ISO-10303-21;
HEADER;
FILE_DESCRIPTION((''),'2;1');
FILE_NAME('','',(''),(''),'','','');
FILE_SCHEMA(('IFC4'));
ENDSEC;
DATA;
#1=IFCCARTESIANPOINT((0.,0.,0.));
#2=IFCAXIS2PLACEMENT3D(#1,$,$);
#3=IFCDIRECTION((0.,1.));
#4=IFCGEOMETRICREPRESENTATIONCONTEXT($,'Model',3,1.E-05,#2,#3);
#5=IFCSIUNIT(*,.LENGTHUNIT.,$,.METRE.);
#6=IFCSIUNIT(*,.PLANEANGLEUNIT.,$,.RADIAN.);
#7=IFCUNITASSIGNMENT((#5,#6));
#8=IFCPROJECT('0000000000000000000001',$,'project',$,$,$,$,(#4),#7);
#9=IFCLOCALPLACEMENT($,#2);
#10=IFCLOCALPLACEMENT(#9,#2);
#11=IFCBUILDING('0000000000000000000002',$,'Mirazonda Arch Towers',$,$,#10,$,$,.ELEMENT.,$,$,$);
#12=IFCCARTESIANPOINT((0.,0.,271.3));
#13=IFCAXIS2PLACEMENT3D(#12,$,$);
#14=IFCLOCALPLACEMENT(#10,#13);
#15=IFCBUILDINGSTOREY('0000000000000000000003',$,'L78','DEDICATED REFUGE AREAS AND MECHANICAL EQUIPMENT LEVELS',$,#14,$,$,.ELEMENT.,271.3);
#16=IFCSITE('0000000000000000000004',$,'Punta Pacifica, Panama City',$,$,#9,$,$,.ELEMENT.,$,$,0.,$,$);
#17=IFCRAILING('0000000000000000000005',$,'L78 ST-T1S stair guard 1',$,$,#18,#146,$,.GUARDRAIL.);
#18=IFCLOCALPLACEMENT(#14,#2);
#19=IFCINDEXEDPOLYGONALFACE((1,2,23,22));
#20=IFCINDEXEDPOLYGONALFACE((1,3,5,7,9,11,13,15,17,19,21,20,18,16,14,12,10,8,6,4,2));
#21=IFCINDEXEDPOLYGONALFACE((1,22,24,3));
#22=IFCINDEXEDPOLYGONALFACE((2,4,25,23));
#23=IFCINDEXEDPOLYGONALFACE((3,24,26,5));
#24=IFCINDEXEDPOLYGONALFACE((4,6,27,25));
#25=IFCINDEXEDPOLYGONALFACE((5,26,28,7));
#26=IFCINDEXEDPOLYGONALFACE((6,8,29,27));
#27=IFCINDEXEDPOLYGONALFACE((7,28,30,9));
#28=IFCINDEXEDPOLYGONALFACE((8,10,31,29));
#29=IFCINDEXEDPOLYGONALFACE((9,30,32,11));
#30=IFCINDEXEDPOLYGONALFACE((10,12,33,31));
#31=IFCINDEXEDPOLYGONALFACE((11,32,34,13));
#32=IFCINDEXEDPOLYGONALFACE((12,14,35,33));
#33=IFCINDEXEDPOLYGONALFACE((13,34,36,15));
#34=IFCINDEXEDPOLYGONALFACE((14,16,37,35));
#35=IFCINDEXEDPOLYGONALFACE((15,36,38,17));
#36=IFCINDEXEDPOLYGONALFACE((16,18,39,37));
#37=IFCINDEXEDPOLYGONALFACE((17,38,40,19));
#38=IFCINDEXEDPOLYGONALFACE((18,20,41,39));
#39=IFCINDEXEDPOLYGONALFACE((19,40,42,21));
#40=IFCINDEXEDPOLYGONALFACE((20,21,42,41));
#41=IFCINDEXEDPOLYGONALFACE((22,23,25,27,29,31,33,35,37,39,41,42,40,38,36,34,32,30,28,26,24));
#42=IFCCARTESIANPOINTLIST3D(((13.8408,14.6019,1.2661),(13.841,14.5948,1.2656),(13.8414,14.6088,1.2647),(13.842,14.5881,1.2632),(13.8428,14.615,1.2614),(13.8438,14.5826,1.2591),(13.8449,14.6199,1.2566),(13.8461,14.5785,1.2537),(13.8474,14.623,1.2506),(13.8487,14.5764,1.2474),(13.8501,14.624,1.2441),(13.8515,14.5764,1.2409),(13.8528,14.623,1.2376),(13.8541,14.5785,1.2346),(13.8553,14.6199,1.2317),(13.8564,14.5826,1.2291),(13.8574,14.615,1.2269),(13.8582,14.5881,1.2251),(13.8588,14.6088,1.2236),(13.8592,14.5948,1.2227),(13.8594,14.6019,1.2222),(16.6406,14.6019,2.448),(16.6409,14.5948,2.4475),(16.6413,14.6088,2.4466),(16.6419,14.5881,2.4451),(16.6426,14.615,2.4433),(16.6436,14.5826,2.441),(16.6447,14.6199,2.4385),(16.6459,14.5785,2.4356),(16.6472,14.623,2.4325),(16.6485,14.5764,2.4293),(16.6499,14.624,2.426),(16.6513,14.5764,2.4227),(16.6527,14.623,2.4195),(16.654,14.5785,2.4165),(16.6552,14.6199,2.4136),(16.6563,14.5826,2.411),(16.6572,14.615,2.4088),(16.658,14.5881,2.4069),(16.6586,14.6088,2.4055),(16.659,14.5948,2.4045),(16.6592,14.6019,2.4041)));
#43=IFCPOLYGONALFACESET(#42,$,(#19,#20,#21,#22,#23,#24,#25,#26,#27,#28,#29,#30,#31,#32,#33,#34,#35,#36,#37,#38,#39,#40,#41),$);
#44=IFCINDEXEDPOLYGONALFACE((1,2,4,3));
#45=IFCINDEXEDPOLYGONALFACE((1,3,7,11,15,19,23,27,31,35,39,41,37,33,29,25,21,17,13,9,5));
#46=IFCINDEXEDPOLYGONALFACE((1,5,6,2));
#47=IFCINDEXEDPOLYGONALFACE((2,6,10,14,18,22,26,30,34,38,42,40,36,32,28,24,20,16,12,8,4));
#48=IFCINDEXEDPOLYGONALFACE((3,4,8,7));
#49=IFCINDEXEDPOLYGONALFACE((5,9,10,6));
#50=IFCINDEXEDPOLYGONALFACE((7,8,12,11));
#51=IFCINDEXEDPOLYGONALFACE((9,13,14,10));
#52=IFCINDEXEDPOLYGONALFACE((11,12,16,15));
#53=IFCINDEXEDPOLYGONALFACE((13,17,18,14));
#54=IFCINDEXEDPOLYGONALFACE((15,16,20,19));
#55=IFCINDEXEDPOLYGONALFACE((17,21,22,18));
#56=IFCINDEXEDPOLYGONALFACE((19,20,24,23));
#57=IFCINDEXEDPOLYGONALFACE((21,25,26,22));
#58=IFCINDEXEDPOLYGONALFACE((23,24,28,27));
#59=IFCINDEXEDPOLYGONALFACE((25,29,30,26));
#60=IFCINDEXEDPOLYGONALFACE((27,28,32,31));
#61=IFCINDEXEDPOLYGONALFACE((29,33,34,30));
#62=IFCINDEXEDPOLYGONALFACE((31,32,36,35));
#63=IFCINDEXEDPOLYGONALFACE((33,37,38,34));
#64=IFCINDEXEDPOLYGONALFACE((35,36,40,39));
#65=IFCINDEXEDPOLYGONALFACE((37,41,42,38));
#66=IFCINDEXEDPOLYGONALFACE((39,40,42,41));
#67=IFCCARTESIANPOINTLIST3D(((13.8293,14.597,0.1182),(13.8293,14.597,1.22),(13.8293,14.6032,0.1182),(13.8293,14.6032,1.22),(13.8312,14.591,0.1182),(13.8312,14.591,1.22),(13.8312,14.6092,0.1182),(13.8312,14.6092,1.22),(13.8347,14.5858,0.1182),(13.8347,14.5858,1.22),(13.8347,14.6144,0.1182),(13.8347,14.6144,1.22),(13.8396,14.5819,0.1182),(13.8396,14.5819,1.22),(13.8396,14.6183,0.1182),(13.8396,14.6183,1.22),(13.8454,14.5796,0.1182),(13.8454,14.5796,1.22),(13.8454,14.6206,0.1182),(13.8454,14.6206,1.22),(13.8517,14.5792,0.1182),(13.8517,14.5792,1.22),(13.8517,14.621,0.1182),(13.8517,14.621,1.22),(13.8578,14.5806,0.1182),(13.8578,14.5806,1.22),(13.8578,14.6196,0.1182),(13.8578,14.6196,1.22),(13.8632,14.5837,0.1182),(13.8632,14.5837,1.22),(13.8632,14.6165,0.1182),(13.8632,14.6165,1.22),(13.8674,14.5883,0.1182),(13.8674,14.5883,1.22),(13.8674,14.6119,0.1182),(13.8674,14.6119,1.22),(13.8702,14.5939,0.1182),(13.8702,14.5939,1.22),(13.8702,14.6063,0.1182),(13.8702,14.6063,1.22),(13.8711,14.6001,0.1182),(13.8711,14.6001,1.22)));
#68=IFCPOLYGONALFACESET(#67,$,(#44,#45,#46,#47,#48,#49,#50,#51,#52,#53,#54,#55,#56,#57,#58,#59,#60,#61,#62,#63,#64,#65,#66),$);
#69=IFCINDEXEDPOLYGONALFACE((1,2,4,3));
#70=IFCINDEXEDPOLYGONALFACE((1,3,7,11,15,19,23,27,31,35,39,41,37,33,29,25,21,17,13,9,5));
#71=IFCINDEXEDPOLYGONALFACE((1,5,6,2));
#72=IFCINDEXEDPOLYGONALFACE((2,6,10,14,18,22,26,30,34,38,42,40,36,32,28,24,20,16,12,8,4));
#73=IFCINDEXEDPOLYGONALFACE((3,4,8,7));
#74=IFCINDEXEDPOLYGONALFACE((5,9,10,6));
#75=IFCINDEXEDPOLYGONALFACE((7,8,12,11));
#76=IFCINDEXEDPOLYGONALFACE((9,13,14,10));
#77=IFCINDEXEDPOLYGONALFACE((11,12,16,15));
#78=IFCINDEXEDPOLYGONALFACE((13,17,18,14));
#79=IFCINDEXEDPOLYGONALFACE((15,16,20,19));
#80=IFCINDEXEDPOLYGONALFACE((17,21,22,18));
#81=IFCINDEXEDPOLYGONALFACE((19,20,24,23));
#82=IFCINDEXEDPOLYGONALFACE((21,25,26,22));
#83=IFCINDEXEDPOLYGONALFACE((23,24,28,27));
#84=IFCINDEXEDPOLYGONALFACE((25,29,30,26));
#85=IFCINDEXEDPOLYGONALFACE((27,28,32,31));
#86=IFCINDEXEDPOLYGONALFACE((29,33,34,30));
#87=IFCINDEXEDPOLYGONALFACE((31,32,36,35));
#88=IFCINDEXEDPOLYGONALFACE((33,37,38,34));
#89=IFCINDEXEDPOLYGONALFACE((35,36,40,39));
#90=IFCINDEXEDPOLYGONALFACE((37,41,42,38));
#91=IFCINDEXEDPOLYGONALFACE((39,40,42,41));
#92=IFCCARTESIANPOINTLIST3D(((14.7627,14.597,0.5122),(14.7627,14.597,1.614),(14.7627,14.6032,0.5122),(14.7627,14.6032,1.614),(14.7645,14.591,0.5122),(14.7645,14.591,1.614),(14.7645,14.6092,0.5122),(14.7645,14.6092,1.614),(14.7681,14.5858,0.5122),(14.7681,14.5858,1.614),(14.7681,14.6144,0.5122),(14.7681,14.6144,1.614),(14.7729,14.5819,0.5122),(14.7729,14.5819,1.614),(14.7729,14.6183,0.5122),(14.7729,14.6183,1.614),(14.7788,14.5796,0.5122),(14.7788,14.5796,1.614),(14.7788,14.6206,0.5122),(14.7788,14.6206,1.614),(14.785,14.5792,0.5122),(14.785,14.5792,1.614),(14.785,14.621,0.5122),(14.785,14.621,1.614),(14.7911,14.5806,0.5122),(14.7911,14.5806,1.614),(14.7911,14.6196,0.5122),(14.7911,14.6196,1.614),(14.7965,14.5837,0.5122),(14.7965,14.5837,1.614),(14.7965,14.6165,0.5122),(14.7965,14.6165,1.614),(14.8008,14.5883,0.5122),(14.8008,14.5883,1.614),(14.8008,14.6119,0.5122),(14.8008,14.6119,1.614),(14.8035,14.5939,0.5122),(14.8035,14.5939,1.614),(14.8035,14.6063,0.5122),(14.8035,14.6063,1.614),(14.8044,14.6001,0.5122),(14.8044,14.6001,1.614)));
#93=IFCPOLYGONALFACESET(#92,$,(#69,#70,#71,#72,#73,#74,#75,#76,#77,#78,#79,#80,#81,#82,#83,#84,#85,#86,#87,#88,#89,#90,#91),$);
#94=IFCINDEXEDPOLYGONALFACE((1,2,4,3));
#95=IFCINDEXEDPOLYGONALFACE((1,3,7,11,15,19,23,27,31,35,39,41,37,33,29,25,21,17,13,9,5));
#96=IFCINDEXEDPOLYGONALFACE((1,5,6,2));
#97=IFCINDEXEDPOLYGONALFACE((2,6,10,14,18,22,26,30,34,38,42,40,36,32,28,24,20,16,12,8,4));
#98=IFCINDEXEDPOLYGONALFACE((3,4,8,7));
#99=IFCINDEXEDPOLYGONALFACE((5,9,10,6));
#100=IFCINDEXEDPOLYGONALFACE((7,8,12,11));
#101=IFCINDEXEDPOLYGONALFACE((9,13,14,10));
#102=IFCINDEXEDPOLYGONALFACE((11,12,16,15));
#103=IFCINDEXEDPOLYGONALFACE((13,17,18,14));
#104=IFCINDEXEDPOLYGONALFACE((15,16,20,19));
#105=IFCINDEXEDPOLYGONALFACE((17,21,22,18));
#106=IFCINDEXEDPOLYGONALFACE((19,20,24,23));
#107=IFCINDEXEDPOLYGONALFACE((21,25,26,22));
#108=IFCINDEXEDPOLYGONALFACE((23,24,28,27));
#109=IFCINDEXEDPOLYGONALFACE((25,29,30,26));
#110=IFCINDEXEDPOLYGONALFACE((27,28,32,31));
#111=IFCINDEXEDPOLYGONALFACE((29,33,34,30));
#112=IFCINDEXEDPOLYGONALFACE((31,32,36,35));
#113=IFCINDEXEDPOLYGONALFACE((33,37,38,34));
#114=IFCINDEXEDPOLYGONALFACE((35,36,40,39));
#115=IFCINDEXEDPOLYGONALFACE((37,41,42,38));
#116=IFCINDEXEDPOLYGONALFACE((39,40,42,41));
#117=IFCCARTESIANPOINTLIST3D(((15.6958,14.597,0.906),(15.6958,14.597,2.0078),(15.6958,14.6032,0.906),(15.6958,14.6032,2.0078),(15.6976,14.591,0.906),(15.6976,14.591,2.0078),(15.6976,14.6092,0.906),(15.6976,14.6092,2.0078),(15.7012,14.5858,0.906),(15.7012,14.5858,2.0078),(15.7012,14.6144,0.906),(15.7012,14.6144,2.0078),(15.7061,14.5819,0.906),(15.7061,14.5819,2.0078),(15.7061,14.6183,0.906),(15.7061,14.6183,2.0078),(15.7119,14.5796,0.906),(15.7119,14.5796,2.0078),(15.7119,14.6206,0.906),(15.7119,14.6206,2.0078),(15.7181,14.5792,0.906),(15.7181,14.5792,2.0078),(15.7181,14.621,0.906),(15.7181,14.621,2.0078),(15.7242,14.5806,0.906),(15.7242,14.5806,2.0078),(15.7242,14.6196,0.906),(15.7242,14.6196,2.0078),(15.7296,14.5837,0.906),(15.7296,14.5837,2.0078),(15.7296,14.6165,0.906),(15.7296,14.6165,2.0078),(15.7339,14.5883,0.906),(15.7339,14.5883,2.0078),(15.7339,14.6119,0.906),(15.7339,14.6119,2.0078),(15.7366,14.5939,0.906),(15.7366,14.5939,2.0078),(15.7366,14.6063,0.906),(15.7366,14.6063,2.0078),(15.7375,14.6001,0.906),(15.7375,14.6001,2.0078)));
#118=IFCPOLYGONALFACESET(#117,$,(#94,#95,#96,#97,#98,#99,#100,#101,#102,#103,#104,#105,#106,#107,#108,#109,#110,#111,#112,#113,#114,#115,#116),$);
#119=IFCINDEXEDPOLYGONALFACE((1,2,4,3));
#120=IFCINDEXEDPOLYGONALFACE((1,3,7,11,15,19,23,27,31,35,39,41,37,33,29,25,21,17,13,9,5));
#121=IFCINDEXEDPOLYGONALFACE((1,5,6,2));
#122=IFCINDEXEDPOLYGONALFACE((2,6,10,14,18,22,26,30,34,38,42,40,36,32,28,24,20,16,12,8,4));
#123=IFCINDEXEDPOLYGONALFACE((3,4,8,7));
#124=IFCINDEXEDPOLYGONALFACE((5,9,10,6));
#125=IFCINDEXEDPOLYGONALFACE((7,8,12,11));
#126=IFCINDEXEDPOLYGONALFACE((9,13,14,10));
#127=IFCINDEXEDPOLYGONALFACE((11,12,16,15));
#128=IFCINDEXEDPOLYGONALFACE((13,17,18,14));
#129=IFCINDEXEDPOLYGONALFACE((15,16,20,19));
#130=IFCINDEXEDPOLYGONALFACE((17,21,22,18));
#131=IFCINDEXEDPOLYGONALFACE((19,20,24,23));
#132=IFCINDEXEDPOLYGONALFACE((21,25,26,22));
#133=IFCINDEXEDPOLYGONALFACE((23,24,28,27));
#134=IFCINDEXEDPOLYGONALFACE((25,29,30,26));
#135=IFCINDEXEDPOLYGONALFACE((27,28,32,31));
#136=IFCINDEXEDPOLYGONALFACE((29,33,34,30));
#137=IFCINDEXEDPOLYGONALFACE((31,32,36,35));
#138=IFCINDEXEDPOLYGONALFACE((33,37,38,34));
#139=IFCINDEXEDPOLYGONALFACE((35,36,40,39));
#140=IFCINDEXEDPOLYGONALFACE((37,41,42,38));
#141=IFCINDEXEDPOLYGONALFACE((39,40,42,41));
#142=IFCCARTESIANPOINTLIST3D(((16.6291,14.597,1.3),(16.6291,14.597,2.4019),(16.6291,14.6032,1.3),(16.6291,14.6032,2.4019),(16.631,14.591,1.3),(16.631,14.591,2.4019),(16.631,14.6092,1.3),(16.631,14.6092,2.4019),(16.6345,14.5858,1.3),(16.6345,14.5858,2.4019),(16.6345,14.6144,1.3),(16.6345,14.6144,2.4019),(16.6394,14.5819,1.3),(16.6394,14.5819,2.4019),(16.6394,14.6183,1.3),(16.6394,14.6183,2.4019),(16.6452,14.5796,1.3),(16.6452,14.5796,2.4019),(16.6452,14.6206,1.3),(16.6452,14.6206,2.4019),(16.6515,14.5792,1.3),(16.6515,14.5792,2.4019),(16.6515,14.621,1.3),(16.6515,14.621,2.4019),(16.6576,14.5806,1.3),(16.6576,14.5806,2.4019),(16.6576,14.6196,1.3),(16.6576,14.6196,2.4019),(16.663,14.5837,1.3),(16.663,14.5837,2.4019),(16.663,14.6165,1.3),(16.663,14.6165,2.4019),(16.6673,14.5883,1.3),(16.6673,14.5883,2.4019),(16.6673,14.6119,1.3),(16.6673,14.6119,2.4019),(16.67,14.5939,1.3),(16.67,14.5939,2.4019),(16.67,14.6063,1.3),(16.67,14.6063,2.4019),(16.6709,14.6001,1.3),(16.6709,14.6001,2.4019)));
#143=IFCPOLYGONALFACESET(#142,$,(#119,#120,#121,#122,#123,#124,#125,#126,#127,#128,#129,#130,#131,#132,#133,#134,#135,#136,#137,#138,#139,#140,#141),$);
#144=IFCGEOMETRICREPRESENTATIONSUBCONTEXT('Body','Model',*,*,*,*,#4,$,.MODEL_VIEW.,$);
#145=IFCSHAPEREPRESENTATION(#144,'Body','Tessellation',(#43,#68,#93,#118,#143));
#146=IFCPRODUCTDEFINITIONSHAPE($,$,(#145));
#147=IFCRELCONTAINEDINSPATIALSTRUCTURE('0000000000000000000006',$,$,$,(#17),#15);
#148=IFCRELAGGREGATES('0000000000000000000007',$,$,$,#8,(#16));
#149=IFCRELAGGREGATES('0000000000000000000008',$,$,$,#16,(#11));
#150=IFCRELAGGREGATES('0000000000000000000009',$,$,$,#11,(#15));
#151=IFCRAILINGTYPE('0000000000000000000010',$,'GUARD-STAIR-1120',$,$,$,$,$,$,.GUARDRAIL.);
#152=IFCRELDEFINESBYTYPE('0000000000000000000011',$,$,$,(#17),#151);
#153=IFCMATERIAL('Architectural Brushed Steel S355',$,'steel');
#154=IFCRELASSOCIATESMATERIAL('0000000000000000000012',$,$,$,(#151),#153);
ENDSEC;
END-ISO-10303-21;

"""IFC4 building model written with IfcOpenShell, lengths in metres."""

from ifc_helpers import new_model, si_unit, direction, frame, origin, origin_2d, place, context, subcontext, project, spatial, circle, extrude, material, type_object, element, save


model = new_model("IFC4")

# Units and contexts
model_context = context("Model", 3, precision=1e-05, world=origin(), true_north=direction((0.0, 1.0)))
body_context = subcontext(model_context, "Body", "Model", "MODEL_VIEW")
ifc_project = project(units=[si_unit("LENGTHUNIT", "METRE"), si_unit("PLANEANGLEUNIT", "RADIAN")], contexts=[model_context])

# Site, building, storey
site_placement = place(None, origin())
site = spatial("IfcSite", under=ifc_project, at=site_placement, Name="Punta Pacifica, Panama City", CompositionType="ELEMENT", RefElevation=0.0)
building_placement = place(site_placement, origin())
building = spatial("IfcBuilding", under=site, at=building_placement, Name="Mirazonda Arch Towers", CompositionType="ELEMENT")
storey_placement = place(building_placement, frame((0.0, 0.0, 271.3)))
storey = spatial("IfcBuildingStorey", under=building, at=storey_placement, Name="L78", Description="DEDICATED REFUGE AREAS AND MECHANICAL EQUIPMENT LEVELS", CompositionType="ELEMENT", Elevation=271.3)

# Shared definitions
ifc_material_1 = material(Name="Architectural Brushed Steel S355", Category="steel")

# Railing
railing_type_1 = type_object("IfcRailingType", Name="GUARD-STAIR-1120", PredefinedType="GUARDRAIL", material=ifc_material_1)
railing_1_placement = place(storey_placement, frame((13.8501, 14.6001, 0.1182)))
element("IfcRailing", 1, at=railing_1_placement, inside=storey, type_object=railing_type_1, Name="L78 ST-T1S stair guard 1", PredefinedType="GUARDRAIL", context=body_context, shape_type="SweptSolid", body=[
    extrude(circle(Radius=0.0239, at=origin_2d()), frame((0.0, 0.0, 1.126), z_axis=(0.92128, 0.0, 0.388901), x_axis=(0.0, 1.0, 0.0)), (0.0, 0.0, 1.0), 3.0391),
    extrude(circle(Radius=0.021, at=origin_2d()), origin(), (0.0, 0.0, 1.0), 1.1018),
    extrude(circle(Radius=0.021, at=origin_2d()), frame((0.9333, 0.0, 0.394)), (0.0, 0.0, 1.0), 1.1018),
    extrude(circle(Radius=0.021, at=origin_2d()), frame((1.8665, 0.0, 0.7878)), (0.0, 0.0, 1.0), 1.1018),
    extrude(circle(Radius=0.021, at=origin_2d()), frame((2.7998, 0.0, 1.1819)), (0.0, 0.0, 1.0), 1.1018),
])

save(model, "model.ifc")
